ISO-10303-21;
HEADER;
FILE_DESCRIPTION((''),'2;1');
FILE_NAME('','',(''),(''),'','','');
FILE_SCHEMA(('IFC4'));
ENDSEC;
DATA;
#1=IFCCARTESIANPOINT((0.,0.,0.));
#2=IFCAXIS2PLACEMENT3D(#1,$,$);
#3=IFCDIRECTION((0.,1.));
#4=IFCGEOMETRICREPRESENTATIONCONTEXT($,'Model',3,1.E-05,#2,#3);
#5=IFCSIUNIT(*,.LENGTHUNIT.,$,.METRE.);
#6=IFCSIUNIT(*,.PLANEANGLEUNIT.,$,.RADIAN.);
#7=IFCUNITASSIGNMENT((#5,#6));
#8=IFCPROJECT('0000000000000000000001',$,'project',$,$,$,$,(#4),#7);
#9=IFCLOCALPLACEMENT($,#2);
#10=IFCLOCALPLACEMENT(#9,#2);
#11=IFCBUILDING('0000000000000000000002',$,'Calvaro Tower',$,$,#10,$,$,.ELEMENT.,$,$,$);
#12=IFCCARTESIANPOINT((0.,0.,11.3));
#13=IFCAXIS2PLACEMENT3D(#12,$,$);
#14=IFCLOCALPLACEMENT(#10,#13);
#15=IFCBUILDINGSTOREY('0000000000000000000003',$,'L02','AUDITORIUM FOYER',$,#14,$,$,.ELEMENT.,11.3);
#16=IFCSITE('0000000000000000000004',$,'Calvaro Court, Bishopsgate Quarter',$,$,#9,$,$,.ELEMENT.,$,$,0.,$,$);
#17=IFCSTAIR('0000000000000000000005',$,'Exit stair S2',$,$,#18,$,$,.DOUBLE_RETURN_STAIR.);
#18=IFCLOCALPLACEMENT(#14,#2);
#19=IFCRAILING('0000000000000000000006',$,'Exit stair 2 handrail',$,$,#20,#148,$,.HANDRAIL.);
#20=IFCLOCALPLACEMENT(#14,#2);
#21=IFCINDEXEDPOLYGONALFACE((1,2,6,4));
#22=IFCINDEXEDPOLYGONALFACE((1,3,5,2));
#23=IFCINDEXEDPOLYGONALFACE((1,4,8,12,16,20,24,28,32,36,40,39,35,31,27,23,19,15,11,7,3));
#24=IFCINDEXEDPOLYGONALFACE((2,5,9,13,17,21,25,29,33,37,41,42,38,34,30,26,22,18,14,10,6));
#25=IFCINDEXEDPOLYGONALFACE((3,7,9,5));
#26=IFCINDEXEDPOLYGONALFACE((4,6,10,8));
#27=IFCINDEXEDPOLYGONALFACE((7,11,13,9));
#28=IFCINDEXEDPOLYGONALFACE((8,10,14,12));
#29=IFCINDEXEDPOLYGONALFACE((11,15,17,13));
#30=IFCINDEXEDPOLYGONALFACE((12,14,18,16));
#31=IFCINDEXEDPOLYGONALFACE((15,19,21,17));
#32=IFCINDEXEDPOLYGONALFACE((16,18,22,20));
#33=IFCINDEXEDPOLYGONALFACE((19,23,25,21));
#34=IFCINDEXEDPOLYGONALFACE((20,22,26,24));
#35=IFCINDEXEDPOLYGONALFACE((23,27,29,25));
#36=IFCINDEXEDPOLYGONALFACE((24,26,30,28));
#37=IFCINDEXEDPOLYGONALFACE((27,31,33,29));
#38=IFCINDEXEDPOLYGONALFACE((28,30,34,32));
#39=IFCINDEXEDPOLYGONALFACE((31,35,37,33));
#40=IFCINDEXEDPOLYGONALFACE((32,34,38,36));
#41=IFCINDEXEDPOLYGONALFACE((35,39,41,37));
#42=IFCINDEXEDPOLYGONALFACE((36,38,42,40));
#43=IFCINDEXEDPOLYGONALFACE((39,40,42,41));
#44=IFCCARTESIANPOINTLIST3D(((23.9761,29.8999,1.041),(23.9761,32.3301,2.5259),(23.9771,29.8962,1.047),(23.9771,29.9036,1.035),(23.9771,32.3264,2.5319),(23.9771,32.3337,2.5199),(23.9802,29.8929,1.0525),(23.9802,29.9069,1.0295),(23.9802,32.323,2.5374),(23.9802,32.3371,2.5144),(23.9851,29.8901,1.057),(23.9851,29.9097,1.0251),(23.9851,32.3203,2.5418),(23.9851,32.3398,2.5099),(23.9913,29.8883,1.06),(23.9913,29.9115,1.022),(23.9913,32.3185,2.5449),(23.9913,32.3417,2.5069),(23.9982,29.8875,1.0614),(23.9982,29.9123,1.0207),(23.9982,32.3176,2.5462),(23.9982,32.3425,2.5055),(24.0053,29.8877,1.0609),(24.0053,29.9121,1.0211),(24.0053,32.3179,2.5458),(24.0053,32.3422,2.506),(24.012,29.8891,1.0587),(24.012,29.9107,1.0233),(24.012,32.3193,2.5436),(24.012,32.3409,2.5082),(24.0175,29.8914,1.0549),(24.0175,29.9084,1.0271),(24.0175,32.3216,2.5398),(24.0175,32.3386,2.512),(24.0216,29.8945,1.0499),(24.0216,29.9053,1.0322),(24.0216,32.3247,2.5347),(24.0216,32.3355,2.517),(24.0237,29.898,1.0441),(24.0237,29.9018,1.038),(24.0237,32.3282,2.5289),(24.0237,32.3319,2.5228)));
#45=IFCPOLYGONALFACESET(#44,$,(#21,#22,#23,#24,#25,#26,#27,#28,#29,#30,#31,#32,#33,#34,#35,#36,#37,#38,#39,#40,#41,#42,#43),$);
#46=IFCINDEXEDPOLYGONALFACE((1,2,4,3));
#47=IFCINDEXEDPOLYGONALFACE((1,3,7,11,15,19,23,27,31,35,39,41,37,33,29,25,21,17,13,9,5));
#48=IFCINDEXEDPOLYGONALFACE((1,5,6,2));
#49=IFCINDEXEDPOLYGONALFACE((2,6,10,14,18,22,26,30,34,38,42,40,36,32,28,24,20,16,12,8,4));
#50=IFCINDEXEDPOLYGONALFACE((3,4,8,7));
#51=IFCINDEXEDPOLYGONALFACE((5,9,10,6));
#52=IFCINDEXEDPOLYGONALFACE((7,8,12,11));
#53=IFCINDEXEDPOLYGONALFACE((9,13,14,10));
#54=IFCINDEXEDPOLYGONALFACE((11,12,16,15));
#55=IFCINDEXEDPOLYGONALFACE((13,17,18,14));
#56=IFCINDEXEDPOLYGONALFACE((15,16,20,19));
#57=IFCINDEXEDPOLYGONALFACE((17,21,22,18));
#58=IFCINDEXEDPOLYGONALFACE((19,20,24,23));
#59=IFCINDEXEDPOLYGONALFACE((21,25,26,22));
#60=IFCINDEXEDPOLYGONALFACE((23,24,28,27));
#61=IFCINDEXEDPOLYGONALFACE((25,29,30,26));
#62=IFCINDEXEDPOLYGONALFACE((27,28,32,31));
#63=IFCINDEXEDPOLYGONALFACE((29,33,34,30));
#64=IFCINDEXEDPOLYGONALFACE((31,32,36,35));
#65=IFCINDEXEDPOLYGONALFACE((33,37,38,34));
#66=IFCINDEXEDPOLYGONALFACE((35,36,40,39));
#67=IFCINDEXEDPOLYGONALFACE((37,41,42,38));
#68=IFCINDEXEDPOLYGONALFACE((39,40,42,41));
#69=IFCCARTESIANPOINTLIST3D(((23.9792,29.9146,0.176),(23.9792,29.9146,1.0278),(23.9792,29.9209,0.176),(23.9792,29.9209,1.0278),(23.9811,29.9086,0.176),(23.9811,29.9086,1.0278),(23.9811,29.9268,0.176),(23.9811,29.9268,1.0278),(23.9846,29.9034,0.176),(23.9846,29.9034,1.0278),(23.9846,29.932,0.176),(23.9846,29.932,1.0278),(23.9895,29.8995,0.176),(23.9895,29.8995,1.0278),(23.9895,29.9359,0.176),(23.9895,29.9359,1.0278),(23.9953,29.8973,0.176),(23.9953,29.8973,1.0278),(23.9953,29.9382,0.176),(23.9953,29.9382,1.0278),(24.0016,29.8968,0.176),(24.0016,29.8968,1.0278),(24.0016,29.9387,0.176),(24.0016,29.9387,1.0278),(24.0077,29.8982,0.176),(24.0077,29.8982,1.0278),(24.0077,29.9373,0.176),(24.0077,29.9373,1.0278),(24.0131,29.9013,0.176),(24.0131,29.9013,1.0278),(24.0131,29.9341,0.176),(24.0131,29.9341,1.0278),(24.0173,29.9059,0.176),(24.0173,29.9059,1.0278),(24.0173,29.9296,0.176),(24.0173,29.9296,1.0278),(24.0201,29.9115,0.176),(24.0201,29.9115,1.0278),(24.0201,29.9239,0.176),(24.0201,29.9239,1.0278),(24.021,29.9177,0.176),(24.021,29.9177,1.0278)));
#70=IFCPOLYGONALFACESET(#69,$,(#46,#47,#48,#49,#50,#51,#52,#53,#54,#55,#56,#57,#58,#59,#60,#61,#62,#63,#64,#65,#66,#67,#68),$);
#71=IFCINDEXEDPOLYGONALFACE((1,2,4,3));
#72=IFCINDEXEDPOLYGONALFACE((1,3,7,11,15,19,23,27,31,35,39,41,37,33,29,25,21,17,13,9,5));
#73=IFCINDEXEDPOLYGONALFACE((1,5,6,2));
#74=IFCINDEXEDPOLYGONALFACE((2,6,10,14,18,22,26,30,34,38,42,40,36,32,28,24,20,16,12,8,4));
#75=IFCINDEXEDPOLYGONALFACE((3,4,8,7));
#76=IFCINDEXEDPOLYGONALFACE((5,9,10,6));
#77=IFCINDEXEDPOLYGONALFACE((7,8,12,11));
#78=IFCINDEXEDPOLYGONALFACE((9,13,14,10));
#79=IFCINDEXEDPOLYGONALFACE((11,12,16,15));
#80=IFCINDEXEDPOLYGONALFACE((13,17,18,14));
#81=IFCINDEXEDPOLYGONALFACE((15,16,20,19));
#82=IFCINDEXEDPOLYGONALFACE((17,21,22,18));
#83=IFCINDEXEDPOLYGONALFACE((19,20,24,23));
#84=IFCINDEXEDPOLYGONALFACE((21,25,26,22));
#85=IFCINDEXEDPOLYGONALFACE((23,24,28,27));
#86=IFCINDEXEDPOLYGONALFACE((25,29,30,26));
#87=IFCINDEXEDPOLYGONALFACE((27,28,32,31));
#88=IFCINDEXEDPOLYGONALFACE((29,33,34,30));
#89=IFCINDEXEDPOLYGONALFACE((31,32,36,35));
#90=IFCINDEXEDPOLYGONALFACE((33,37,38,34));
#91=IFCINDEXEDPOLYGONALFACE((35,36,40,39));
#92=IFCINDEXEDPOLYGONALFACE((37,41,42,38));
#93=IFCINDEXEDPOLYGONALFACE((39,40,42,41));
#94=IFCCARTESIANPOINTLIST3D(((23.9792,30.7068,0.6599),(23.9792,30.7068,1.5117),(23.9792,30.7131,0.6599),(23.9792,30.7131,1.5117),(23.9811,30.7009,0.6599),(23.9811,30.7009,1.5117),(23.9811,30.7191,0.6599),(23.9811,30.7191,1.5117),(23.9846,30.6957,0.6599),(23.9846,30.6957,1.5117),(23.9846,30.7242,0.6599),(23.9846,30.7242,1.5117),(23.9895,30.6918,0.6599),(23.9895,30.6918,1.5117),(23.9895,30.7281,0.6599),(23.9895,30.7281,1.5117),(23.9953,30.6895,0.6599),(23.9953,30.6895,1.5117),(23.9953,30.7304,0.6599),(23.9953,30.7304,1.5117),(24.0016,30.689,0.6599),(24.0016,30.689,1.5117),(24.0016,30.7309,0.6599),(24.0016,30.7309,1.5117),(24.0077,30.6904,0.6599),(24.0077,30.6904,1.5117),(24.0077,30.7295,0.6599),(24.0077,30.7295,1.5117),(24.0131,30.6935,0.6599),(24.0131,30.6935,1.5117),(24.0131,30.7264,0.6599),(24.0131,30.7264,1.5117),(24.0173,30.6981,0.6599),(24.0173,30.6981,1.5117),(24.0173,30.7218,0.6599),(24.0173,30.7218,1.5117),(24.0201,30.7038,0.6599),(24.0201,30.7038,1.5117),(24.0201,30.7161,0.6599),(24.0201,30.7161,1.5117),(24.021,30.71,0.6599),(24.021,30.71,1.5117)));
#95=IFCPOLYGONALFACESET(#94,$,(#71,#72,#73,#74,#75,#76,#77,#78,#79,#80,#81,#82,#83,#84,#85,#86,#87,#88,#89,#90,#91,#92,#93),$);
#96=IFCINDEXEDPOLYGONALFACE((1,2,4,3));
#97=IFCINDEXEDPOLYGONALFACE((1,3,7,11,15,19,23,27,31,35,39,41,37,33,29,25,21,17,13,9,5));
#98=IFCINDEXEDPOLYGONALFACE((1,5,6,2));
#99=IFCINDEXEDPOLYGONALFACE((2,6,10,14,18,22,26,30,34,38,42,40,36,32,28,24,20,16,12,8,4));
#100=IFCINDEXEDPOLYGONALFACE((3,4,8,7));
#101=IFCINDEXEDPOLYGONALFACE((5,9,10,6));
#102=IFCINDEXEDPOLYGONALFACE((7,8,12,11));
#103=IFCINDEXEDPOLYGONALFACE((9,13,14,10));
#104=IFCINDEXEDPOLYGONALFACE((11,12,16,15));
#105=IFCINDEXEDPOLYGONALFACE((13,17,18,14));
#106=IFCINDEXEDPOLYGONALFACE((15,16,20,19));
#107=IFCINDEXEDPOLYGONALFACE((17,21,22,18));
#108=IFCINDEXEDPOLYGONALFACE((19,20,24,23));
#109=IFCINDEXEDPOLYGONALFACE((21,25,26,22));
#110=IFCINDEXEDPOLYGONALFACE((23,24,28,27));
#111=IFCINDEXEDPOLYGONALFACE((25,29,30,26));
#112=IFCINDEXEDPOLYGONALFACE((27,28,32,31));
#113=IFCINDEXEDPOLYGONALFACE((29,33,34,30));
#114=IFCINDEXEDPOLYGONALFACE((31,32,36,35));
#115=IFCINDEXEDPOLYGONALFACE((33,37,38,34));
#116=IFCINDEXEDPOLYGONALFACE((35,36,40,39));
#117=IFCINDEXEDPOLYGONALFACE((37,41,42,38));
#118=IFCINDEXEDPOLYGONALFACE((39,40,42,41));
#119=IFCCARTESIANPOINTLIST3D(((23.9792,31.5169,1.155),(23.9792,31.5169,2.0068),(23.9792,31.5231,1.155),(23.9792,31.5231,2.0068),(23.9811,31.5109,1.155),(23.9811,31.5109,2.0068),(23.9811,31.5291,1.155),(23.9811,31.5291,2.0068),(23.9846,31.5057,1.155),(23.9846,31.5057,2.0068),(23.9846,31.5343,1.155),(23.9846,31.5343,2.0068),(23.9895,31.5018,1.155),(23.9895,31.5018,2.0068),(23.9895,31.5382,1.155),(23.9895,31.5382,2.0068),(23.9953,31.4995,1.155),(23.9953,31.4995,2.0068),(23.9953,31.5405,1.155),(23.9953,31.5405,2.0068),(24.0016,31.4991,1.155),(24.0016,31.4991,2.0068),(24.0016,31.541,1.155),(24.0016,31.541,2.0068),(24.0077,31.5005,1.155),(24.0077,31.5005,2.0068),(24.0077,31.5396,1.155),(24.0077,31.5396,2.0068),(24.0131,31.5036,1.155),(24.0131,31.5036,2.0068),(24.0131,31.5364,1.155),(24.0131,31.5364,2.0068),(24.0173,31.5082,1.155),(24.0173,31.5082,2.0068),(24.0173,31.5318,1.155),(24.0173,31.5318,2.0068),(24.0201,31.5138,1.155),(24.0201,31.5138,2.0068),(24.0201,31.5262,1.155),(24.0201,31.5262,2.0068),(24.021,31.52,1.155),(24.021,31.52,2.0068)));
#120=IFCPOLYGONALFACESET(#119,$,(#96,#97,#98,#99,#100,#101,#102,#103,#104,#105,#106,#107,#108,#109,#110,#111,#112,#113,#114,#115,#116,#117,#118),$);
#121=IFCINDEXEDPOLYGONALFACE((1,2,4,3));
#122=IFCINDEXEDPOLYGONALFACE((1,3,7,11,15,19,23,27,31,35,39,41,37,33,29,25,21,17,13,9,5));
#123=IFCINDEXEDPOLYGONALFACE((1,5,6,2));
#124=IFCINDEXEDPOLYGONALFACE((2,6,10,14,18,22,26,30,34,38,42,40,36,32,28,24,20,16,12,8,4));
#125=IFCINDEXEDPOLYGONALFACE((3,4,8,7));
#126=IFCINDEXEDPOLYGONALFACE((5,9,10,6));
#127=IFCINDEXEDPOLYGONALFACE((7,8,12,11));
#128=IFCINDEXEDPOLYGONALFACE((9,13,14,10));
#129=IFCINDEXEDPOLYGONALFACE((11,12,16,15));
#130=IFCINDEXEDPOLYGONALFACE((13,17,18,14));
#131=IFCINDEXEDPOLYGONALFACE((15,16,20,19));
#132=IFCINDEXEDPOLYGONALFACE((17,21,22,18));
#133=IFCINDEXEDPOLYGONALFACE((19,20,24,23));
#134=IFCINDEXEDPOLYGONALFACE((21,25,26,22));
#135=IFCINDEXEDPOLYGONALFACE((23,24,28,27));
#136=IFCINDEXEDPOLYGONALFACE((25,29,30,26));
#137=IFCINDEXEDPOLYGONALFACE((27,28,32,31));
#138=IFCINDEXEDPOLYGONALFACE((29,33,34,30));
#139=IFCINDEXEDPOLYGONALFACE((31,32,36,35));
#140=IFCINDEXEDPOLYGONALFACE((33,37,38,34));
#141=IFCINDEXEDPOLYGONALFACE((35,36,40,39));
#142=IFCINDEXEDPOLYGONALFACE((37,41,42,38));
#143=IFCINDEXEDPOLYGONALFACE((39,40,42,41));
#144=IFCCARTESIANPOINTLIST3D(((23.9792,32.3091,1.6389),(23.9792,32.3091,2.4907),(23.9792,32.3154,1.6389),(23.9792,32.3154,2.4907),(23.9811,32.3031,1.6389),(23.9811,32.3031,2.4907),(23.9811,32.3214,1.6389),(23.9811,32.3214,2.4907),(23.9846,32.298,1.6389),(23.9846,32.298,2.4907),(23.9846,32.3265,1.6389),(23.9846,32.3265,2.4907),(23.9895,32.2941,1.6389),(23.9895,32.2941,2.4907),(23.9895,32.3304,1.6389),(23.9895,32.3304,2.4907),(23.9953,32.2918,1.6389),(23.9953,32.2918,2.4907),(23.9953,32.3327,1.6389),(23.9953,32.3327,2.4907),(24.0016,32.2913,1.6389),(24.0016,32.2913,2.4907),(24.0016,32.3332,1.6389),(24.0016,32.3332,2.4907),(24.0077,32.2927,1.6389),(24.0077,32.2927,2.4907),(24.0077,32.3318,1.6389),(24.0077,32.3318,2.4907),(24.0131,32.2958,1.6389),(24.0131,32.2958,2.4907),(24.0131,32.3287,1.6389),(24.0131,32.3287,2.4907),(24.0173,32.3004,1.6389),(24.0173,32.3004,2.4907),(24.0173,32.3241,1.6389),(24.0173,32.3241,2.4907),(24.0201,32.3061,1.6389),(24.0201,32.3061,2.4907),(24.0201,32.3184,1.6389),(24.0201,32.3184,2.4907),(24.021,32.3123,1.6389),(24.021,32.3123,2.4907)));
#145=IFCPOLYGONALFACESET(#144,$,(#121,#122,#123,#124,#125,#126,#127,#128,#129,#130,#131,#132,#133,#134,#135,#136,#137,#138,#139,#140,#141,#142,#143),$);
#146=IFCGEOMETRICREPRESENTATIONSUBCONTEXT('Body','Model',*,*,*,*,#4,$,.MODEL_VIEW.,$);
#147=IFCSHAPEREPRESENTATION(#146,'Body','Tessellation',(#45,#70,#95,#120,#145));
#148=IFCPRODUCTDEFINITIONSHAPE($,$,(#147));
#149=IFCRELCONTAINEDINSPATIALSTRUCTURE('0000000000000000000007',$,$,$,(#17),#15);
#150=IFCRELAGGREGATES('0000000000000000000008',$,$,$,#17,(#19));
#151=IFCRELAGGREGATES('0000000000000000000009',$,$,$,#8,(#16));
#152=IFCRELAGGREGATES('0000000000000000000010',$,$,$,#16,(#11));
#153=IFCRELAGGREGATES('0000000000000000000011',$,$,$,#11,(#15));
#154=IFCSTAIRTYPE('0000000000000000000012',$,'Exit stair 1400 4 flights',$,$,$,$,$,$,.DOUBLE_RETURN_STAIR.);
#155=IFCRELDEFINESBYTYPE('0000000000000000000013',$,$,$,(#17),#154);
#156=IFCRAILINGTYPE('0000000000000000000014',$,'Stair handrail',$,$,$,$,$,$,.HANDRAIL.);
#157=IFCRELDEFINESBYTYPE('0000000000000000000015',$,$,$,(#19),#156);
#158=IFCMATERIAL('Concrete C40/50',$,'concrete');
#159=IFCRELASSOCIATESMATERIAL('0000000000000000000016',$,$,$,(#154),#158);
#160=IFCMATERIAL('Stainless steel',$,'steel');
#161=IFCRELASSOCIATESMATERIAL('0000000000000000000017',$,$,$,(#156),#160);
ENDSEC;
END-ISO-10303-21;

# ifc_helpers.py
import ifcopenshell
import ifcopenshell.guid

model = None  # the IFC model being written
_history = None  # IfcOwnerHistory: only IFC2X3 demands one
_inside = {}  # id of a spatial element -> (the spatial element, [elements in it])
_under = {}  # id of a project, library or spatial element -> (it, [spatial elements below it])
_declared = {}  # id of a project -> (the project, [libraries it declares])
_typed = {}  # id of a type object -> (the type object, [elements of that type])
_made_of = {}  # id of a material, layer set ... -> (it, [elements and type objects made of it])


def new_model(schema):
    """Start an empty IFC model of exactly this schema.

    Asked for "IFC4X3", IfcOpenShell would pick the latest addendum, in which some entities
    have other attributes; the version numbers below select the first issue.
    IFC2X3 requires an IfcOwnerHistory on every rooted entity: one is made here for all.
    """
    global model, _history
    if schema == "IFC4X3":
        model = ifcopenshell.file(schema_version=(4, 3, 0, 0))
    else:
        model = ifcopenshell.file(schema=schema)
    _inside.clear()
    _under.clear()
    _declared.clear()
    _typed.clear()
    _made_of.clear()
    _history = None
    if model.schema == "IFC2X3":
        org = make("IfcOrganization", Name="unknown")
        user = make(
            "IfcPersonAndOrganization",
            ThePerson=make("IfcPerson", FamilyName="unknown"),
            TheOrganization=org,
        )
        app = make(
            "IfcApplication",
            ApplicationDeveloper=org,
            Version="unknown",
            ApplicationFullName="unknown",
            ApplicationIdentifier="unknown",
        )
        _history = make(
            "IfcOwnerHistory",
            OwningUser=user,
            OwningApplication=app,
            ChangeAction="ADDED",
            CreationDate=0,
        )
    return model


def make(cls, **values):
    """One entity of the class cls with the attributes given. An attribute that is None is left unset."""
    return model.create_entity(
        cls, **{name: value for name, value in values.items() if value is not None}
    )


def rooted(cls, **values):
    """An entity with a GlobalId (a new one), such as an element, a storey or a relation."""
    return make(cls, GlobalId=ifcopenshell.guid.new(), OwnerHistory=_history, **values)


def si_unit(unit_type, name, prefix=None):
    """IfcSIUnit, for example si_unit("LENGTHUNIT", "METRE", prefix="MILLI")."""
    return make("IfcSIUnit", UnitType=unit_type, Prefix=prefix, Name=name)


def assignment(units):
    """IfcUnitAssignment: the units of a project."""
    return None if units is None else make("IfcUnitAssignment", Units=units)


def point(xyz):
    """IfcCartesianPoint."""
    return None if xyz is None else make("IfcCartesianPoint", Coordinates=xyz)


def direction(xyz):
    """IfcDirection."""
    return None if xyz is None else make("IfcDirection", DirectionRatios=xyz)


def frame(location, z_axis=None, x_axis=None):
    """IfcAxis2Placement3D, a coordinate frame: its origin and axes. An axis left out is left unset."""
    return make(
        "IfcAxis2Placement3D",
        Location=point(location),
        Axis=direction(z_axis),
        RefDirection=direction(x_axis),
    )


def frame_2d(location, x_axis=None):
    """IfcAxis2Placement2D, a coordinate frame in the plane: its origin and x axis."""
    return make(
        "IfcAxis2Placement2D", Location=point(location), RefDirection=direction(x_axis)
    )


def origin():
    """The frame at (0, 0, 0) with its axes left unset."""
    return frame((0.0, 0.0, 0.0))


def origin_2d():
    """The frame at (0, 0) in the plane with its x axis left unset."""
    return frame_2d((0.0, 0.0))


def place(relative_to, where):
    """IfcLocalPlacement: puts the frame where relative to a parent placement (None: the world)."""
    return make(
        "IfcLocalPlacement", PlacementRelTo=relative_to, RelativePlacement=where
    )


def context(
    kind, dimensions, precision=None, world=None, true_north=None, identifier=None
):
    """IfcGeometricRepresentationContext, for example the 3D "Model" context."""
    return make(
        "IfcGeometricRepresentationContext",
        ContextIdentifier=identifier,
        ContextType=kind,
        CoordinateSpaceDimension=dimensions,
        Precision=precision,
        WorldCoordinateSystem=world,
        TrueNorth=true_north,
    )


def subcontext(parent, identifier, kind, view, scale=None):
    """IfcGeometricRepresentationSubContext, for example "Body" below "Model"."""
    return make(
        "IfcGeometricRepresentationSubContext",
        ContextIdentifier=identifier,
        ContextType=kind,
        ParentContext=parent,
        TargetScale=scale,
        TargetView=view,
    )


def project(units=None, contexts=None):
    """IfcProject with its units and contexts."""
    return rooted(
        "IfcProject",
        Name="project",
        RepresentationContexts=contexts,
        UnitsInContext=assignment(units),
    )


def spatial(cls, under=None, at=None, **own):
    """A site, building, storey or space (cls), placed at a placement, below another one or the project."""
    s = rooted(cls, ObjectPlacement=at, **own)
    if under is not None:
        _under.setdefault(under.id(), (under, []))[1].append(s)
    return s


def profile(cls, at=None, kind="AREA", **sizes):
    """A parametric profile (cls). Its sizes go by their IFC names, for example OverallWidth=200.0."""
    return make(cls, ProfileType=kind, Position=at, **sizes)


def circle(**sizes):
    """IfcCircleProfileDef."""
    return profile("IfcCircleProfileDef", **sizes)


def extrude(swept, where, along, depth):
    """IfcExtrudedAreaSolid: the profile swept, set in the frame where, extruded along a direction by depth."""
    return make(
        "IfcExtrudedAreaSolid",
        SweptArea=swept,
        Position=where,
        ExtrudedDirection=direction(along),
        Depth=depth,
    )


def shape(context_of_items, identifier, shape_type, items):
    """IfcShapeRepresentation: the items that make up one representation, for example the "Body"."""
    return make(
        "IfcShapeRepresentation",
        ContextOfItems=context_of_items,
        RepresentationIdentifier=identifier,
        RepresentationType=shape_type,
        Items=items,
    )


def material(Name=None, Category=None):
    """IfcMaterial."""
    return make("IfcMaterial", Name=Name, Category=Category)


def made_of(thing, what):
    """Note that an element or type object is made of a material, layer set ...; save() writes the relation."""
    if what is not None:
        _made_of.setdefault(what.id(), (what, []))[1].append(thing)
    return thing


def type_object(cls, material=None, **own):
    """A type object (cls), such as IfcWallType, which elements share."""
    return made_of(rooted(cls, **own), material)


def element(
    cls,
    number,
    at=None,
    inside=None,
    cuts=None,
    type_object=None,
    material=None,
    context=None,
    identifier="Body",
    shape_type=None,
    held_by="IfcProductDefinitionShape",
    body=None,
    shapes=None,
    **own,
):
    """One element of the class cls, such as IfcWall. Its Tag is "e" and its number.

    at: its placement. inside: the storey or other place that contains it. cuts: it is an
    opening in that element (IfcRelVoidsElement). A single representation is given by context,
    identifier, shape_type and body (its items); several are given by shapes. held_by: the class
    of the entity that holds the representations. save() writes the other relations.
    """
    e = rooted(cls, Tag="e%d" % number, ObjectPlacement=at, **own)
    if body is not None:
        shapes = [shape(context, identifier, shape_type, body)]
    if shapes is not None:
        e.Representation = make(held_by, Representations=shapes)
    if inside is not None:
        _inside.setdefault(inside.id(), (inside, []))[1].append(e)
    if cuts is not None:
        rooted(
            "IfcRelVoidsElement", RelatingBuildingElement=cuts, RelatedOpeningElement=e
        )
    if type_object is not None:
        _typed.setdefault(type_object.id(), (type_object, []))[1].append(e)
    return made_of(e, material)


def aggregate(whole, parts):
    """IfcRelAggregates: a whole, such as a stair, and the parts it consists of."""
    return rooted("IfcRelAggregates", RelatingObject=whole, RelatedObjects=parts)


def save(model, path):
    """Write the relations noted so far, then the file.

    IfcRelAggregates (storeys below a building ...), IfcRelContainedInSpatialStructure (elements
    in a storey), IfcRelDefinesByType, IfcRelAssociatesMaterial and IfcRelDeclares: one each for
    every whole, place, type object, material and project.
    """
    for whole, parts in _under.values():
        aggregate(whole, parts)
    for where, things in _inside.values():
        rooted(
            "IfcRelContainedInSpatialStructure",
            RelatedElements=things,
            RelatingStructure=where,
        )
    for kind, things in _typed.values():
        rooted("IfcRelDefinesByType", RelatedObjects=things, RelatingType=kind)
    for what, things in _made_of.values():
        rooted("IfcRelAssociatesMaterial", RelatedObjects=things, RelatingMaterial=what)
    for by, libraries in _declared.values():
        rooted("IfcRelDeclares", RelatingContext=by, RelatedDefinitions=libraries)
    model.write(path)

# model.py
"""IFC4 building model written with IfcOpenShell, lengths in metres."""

from ifc_helpers import new_model, si_unit, direction, frame, origin, origin_2d, place, context, subcontext, project, spatial, circle, extrude, material, type_object, element, aggregate, save


model = new_model("IFC4")

# Units and contexts
model_context = context("Model", 3, precision=1e-05, world=origin(), true_north=direction((0.0, 1.0)))
body_context = subcontext(model_context, "Body", "Model", "MODEL_VIEW")
ifc_project = project(units=[si_unit("LENGTHUNIT", "METRE"), si_unit("PLANEANGLEUNIT", "RADIAN")], contexts=[model_context])

# Site, building, storey
site_placement = place(None, origin())
site = spatial("IfcSite", under=ifc_project, at=site_placement, Name="Calvaro Court, Bishopsgate Quarter", CompositionType="ELEMENT", RefElevation=0.0)
building_placement = place(site_placement, origin())
building = spatial("IfcBuilding", under=site, at=building_placement, Name="Calvaro Tower", CompositionType="ELEMENT")
storey_placement = place(building_placement, frame((0.0, 0.0, 11.3)))
storey = spatial("IfcBuildingStorey", under=building, at=storey_placement, Name="L02", Description="AUDITORIUM FOYER", CompositionType="ELEMENT", Elevation=11.3)

# Shared definitions
ifc_material_1 = material(Name="Concrete C40/50", Category="concrete")
stair_type = type_object("IfcStairType", Name="Exit stair 1400 4 flights", PredefinedType="DOUBLE_RETURN_STAIR", material=ifc_material_1)

# Stair
stair_1_placement = place(storey_placement, origin())
stair_1 = element("IfcStair", 1, at=stair_1_placement, inside=storey, type_object=stair_type, Name="Exit stair S2", PredefinedType="DOUBLE_RETURN_STAIR")

# Railing
ifc_material_2 = material(Name="Stainless steel", Category="steel")
railing_type = type_object("IfcRailingType", Name="Stair handrail", PredefinedType="HANDRAIL", material=ifc_material_2)
railing_1_placement = place(storey_placement, frame((24.0, 29.8999, 0.165)))
railing_1 = element("IfcRailing", 2, at=railing_1_placement, type_object=railing_type, Name="Exit stair 2 handrail", PredefinedType="HANDRAIL", context=body_context, shape_type="SweptSolid", body=[
    extrude(circle(Radius=0.0239, at=origin_2d()), frame((0.0, 0.0, 0.876), z_axis=(0.0, 0.85332, 0.521388), x_axis=(-1.0, 0.0, 0.0)), (0.0, 0.0, 1.0), 2.8479),
    extrude(circle(Radius=0.021, at=origin_2d()), frame((0.0, 0.0178, 0.011)), (0.0, 0.0, 1.0), 0.8518),
    extrude(circle(Radius=0.021, at=origin_2d()), frame((0.0, 0.8101, 0.4949)), (0.0, 0.0, 1.0), 0.8518),
    extrude(circle(Radius=0.021, at=origin_2d()), frame((0.0, 1.6201, 0.99)), (0.0, 0.0, 1.0), 0.8518),
    extrude(circle(Radius=0.021, at=origin_2d()), frame((0.0, 2.4124, 1.4739)), (0.0, 0.0, 1.0), 0.8518),
])
aggregate(stair_1, [railing_1])

save(model, "model.ifc")
